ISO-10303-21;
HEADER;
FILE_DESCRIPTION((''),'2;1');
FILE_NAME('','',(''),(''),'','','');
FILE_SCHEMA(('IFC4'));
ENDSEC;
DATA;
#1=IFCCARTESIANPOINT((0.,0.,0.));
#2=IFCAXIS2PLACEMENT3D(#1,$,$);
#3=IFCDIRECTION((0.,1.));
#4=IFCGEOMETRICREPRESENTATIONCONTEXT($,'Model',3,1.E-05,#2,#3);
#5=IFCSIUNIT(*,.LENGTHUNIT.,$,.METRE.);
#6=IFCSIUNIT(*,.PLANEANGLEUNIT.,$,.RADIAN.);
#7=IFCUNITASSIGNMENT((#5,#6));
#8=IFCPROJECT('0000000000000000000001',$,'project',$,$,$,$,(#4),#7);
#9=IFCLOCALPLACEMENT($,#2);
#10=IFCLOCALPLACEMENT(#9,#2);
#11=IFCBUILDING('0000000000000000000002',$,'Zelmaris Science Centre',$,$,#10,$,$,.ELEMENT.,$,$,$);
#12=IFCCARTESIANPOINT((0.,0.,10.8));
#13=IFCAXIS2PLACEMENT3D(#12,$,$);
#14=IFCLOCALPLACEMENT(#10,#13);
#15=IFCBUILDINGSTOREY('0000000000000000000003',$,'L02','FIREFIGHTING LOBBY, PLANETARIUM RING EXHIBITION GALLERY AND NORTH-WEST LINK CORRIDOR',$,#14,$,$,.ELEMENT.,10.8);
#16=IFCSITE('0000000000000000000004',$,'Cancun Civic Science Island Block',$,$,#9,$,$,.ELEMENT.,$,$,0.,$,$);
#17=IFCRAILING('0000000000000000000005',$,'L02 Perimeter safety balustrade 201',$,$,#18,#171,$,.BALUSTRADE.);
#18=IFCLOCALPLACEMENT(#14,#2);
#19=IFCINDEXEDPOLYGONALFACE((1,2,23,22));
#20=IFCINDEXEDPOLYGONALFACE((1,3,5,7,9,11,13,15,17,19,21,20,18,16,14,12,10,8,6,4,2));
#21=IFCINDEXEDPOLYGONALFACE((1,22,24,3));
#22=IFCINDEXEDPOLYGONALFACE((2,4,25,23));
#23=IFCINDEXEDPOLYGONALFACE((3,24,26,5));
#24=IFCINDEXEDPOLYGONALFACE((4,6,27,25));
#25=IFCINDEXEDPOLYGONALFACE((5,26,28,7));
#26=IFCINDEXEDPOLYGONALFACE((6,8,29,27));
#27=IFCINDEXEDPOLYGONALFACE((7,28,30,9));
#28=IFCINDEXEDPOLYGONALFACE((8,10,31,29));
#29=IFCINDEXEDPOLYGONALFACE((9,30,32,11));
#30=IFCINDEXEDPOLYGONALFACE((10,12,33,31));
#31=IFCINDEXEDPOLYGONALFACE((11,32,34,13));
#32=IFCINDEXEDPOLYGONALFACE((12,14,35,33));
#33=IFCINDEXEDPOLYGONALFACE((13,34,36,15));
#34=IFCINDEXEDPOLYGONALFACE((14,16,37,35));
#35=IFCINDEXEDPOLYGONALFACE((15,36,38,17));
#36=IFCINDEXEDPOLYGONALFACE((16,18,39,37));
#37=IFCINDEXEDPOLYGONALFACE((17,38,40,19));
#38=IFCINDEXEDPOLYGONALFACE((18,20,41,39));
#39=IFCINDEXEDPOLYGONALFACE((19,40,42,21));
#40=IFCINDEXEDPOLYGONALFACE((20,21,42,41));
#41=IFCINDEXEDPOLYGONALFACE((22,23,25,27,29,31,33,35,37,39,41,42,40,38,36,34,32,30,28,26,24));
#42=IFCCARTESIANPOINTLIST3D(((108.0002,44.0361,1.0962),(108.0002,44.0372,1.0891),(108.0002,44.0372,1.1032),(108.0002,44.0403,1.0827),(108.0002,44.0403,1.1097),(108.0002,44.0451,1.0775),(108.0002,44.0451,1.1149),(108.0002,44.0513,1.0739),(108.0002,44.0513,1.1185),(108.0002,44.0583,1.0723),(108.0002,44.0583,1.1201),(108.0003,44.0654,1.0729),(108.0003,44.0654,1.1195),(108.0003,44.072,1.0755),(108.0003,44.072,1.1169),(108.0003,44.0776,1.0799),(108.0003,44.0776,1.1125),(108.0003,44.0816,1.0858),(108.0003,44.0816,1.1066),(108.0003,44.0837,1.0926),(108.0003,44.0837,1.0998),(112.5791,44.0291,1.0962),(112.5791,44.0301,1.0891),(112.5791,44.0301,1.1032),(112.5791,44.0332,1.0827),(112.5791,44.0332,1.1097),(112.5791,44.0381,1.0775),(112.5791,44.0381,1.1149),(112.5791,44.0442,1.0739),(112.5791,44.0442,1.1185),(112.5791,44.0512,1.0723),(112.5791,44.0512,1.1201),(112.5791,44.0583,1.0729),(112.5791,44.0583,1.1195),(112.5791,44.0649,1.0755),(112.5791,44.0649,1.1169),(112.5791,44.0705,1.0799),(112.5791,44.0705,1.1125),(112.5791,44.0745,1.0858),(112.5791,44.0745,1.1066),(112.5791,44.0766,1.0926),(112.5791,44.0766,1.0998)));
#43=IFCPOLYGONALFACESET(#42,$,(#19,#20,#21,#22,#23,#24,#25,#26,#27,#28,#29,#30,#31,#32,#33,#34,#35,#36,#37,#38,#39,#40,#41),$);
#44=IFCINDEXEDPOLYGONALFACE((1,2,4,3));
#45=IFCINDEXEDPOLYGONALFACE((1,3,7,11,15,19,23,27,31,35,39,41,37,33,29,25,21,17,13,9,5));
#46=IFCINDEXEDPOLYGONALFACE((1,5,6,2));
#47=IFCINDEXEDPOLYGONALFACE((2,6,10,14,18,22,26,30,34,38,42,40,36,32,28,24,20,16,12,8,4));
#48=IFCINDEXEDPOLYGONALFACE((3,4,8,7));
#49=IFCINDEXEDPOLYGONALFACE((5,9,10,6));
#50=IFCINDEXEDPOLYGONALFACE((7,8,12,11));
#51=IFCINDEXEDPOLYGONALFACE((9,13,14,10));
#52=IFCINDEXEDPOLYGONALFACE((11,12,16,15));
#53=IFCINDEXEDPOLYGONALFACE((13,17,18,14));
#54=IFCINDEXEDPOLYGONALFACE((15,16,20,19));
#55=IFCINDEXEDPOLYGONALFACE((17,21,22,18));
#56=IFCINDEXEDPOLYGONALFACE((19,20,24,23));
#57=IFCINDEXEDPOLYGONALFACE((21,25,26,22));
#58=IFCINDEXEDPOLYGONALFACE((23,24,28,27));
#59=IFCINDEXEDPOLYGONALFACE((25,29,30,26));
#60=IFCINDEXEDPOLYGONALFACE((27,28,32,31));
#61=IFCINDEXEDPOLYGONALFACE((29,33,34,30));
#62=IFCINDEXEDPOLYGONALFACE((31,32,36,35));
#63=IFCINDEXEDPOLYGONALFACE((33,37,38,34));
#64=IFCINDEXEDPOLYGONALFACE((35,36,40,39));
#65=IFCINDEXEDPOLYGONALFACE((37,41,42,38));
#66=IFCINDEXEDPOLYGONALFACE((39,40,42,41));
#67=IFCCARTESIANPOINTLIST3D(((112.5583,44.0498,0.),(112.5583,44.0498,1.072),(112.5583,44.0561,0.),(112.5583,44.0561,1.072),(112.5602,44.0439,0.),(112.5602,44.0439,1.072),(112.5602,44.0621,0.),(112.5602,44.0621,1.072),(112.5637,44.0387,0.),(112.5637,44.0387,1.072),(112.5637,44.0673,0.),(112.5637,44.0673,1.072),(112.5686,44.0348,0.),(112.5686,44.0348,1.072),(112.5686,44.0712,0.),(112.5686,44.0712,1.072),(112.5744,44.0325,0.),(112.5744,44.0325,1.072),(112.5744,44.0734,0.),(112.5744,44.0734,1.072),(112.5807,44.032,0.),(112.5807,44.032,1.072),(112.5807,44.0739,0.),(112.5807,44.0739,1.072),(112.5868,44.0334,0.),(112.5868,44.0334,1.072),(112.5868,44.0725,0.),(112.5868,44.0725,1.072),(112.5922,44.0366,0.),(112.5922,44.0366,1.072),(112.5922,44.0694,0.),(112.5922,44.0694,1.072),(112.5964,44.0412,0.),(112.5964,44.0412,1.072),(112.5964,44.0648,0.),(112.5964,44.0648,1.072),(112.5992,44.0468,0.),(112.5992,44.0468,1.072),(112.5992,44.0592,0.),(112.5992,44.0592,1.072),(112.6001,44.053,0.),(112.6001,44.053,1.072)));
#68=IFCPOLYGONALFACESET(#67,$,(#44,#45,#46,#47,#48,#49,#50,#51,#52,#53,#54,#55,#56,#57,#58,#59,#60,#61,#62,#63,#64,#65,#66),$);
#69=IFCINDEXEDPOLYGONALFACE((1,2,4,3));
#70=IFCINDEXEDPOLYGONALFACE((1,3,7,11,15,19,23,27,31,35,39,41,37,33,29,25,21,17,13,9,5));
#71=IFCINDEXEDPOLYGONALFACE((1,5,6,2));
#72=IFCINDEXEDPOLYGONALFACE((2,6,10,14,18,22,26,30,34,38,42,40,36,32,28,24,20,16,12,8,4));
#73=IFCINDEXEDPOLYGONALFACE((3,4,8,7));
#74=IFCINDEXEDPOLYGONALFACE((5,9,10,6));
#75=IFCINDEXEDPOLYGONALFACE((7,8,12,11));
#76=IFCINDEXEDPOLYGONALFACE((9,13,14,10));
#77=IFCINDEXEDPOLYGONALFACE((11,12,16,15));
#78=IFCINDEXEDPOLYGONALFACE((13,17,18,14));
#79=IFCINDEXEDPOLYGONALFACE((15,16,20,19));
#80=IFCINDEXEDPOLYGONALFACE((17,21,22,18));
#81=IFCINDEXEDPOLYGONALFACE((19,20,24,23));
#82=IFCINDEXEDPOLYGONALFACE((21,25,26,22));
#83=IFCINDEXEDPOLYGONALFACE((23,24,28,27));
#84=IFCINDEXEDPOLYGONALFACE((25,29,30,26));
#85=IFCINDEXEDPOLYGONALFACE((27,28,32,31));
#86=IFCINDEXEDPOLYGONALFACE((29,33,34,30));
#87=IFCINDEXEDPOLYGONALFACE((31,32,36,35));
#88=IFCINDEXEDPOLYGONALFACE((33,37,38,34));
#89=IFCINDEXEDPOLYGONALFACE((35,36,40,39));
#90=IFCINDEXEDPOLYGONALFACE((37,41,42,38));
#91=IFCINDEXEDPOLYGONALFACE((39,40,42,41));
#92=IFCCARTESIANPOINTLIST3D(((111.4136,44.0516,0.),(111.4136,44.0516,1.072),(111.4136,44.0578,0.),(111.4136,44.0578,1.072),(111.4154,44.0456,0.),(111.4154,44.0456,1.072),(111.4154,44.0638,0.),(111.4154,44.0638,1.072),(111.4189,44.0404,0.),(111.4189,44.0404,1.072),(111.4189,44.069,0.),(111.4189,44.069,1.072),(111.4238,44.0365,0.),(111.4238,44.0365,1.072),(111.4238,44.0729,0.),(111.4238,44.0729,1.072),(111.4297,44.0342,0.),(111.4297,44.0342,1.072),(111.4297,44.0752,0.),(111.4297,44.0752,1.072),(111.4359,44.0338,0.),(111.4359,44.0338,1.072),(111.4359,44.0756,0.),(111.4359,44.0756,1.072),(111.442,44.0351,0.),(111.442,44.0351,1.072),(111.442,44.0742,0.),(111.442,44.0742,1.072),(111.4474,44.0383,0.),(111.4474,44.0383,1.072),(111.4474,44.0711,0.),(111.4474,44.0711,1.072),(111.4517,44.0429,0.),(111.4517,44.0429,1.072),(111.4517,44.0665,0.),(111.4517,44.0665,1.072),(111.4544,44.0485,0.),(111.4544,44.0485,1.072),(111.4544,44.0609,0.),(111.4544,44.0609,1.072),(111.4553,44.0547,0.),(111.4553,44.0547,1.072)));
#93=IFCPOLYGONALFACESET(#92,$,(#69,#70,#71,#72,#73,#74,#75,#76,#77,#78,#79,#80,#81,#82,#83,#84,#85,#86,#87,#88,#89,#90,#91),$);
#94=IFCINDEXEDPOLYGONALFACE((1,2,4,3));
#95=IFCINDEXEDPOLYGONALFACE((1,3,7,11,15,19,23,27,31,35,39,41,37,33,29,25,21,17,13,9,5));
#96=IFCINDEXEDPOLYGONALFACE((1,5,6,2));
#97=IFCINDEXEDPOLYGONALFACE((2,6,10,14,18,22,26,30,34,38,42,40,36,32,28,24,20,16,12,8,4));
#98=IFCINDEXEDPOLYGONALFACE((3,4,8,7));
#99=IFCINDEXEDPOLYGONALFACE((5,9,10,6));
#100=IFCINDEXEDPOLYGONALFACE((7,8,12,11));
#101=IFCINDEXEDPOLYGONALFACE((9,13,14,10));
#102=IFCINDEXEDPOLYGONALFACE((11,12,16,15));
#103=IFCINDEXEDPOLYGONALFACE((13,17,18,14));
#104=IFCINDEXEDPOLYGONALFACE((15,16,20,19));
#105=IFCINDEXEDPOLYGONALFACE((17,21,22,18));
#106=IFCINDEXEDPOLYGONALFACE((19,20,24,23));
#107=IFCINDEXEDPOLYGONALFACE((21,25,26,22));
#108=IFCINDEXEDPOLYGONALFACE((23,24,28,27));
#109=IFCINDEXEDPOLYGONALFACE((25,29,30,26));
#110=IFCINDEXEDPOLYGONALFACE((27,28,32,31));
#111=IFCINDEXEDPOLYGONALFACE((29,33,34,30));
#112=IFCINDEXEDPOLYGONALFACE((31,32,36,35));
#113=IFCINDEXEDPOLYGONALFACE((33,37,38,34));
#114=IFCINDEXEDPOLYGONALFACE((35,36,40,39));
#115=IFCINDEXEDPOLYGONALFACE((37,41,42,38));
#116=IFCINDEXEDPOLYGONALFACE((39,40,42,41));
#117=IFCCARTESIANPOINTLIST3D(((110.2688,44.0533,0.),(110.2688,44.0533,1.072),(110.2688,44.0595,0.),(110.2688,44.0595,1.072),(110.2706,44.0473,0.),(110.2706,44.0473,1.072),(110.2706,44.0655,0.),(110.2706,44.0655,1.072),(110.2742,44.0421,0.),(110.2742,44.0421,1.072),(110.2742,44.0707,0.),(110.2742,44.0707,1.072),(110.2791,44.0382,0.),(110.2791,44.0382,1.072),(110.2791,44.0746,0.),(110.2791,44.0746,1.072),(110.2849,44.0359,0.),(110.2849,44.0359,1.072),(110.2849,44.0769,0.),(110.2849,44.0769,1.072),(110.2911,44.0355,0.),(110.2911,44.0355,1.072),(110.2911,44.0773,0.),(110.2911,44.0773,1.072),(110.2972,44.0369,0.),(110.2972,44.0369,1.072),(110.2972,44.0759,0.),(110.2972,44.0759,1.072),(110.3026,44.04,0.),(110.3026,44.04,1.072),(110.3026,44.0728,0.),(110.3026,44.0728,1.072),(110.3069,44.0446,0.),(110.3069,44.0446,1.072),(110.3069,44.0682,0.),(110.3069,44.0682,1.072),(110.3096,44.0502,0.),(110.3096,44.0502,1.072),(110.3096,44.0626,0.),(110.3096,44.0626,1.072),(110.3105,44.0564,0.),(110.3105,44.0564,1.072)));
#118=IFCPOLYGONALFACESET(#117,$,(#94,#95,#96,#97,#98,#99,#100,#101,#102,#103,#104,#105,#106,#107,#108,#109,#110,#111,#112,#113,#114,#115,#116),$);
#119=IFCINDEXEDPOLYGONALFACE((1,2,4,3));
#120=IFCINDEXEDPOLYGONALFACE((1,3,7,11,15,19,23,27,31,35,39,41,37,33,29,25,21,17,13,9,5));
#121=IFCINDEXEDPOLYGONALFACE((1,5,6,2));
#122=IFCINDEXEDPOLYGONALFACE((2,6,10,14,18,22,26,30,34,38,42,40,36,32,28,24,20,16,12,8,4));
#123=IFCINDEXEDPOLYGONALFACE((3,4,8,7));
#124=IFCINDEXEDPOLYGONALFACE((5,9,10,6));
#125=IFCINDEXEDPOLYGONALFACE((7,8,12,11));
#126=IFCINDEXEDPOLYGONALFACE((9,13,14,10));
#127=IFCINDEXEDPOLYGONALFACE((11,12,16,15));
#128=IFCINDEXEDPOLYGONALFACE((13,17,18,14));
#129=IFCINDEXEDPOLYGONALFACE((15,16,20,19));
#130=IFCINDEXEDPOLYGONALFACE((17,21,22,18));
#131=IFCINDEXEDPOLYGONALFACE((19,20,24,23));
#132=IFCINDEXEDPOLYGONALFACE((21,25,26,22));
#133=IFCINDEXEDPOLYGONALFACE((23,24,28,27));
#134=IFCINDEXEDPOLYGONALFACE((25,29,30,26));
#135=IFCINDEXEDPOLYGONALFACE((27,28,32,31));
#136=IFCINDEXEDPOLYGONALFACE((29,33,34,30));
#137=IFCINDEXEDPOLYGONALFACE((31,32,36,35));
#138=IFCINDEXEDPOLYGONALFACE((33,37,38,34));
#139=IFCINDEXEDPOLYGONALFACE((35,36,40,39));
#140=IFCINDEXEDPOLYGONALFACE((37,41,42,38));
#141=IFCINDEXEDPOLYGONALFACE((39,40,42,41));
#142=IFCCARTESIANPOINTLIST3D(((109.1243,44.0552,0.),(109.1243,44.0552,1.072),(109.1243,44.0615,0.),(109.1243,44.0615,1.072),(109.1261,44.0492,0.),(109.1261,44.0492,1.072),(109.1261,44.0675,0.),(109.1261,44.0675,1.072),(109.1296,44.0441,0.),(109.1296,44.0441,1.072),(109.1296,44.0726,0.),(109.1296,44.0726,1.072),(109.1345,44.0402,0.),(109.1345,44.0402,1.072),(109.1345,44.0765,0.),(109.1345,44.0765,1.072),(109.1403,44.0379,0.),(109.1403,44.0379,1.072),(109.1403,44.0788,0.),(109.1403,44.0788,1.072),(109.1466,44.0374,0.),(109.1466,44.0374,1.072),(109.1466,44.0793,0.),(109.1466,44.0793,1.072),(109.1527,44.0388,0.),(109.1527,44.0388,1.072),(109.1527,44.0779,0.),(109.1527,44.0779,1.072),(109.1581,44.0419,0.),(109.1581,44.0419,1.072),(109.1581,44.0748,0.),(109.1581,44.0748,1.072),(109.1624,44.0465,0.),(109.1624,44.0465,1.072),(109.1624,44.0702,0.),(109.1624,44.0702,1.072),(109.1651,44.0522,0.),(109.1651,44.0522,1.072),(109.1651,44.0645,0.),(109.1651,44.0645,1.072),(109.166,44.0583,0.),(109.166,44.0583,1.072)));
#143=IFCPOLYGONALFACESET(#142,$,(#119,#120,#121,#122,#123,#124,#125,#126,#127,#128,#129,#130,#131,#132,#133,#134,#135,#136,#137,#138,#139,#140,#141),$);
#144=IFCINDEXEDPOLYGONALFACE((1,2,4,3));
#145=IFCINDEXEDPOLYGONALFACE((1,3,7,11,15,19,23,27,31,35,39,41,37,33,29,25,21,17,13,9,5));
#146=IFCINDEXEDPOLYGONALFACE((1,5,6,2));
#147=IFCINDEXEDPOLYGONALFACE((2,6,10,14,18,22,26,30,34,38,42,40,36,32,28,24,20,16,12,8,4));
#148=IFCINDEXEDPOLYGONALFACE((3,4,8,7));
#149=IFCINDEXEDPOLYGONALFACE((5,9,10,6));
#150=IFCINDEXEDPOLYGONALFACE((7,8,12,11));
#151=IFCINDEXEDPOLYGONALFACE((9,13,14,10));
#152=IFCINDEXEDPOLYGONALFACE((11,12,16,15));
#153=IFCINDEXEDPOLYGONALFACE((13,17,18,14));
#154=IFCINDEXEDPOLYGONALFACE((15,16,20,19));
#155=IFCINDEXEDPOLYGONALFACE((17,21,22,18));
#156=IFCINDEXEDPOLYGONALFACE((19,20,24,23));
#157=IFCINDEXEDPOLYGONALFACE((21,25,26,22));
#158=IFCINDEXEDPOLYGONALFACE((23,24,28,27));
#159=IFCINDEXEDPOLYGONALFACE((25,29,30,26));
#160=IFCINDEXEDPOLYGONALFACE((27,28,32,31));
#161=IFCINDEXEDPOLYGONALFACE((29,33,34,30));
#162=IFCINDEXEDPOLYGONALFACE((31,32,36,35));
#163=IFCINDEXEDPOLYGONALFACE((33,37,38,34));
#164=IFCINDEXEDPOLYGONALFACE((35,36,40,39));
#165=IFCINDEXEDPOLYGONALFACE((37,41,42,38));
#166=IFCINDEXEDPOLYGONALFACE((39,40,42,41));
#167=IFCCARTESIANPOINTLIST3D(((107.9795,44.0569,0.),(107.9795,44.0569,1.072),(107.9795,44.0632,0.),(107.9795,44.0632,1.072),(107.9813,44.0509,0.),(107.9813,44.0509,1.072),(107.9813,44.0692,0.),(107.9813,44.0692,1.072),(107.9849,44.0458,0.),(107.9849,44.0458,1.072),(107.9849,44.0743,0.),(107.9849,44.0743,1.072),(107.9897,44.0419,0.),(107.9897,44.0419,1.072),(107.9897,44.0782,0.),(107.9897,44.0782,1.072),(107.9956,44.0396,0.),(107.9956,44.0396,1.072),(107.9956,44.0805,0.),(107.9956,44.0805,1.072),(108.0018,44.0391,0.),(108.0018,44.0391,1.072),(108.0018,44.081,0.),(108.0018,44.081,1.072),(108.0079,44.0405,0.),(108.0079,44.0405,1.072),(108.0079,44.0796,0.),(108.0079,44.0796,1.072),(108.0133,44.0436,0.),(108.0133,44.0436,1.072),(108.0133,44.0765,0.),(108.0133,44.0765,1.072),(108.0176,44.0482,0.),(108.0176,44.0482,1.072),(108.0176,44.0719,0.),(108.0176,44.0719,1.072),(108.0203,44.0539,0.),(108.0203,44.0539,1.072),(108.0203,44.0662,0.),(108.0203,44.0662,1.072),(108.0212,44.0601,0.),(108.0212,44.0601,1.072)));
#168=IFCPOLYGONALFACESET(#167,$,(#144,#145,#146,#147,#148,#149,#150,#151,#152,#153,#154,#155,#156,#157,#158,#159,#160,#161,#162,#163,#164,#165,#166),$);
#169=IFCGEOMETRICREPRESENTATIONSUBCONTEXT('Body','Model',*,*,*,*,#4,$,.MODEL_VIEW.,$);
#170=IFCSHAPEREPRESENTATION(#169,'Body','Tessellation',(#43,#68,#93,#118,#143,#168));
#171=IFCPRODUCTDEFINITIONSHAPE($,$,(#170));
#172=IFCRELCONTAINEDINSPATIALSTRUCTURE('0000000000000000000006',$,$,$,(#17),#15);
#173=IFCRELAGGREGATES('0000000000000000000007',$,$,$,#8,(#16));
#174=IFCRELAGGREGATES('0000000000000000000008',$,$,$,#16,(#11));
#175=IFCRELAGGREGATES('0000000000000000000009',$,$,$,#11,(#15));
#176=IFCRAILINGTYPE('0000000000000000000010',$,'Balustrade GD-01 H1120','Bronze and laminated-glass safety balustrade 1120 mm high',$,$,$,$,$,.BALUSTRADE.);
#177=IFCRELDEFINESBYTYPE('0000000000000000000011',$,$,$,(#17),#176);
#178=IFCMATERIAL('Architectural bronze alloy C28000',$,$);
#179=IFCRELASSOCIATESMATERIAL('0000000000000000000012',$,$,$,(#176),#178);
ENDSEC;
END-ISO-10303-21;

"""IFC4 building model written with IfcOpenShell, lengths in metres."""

from ifc_helpers import new_model, si_unit, direction, frame, origin, origin_2d, place, context, subcontext, project, spatial, circle, extrude, material, type_object, element, save


model = new_model("IFC4")

# Units and contexts
model_context = context("Model", 3, precision=1e-05, world=origin(), true_north=direction((0.0, 1.0)))
body_context = subcontext(model_context, "Body", "Model", "MODEL_VIEW")
ifc_project = project(units=[si_unit("LENGTHUNIT", "METRE"), si_unit("PLANEANGLEUNIT", "RADIAN")], contexts=[model_context])

# Site, building, storey
site_placement = place(None, origin())
site = spatial("IfcSite", under=ifc_project, at=site_placement, Name="Cancun Civic Science Island Block", CompositionType="ELEMENT", RefElevation=0.0)
building_placement = place(site_placement, origin())
building = spatial("IfcBuilding", under=site, at=building_placement, Name="Zelmaris Science Centre", CompositionType="ELEMENT")
storey_placement = place(building_placement, frame((0.0, 0.0, 10.8)))
storey = spatial("IfcBuildingStorey", under=building, at=storey_placement, Name="L02", Description="FIREFIGHTING LOBBY, PLANETARIUM RING EXHIBITION GALLERY AND NORTH-WEST LINK CORRIDOR", CompositionType="ELEMENT", Elevation=10.8)

# Railing
ifc_material_1 = material(Name="Architectural bronze alloy C28000")
railing_type = type_object("IfcRailingType", Name="Balustrade GD-01 H1120", Description="Bronze and laminated-glass safety balustrade 1120 mm high", PredefinedType="BALUSTRADE", material=ifc_material_1)
railing_1_placement = place(storey_placement, frame((112.5791, 44.053, 0.0)))
element("IfcRailing", 1, at=railing_1_placement, inside=storey, type_object=railing_type, Name="L02 Perimeter safety balustrade 201", PredefinedType="BALUSTRADE", context=body_context, shape_type="SweptSolid", body=[
    extrude(circle(Radius=0.0239, at=origin_2d()), frame((0.0, 0.0, 1.0962), z_axis=(-0.999999, 0.001546, 0.0), x_axis=(-0.001546, -0.999999, 0.0)), (0.0, 0.0, 1.0), 4.5789),
    extrude(circle(Radius=0.021, at=origin_2d()), origin(), (0.0, 0.0, 1.0), 1.072),
    extrude(circle(Radius=0.021, at=origin_2d()), frame((-1.1448, 0.0017, 0.0)), (0.0, 0.0, 1.0), 1.072),
    extrude(circle(Radius=0.021, at=origin_2d()), frame((-2.2896, 0.0034, 0.0)), (0.0, 0.0, 1.0), 1.072),
    extrude(circle(Radius=0.021, at=origin_2d()), frame((-3.4341, 0.0054, 0.0)), (0.0, 0.0, 1.0), 1.072),
    extrude(circle(Radius=0.021, at=origin_2d()), frame((-4.5789, 0.0071, 0.0)), (0.0, 0.0, 1.0), 1.072),
])

save(model, "model.ifc")
